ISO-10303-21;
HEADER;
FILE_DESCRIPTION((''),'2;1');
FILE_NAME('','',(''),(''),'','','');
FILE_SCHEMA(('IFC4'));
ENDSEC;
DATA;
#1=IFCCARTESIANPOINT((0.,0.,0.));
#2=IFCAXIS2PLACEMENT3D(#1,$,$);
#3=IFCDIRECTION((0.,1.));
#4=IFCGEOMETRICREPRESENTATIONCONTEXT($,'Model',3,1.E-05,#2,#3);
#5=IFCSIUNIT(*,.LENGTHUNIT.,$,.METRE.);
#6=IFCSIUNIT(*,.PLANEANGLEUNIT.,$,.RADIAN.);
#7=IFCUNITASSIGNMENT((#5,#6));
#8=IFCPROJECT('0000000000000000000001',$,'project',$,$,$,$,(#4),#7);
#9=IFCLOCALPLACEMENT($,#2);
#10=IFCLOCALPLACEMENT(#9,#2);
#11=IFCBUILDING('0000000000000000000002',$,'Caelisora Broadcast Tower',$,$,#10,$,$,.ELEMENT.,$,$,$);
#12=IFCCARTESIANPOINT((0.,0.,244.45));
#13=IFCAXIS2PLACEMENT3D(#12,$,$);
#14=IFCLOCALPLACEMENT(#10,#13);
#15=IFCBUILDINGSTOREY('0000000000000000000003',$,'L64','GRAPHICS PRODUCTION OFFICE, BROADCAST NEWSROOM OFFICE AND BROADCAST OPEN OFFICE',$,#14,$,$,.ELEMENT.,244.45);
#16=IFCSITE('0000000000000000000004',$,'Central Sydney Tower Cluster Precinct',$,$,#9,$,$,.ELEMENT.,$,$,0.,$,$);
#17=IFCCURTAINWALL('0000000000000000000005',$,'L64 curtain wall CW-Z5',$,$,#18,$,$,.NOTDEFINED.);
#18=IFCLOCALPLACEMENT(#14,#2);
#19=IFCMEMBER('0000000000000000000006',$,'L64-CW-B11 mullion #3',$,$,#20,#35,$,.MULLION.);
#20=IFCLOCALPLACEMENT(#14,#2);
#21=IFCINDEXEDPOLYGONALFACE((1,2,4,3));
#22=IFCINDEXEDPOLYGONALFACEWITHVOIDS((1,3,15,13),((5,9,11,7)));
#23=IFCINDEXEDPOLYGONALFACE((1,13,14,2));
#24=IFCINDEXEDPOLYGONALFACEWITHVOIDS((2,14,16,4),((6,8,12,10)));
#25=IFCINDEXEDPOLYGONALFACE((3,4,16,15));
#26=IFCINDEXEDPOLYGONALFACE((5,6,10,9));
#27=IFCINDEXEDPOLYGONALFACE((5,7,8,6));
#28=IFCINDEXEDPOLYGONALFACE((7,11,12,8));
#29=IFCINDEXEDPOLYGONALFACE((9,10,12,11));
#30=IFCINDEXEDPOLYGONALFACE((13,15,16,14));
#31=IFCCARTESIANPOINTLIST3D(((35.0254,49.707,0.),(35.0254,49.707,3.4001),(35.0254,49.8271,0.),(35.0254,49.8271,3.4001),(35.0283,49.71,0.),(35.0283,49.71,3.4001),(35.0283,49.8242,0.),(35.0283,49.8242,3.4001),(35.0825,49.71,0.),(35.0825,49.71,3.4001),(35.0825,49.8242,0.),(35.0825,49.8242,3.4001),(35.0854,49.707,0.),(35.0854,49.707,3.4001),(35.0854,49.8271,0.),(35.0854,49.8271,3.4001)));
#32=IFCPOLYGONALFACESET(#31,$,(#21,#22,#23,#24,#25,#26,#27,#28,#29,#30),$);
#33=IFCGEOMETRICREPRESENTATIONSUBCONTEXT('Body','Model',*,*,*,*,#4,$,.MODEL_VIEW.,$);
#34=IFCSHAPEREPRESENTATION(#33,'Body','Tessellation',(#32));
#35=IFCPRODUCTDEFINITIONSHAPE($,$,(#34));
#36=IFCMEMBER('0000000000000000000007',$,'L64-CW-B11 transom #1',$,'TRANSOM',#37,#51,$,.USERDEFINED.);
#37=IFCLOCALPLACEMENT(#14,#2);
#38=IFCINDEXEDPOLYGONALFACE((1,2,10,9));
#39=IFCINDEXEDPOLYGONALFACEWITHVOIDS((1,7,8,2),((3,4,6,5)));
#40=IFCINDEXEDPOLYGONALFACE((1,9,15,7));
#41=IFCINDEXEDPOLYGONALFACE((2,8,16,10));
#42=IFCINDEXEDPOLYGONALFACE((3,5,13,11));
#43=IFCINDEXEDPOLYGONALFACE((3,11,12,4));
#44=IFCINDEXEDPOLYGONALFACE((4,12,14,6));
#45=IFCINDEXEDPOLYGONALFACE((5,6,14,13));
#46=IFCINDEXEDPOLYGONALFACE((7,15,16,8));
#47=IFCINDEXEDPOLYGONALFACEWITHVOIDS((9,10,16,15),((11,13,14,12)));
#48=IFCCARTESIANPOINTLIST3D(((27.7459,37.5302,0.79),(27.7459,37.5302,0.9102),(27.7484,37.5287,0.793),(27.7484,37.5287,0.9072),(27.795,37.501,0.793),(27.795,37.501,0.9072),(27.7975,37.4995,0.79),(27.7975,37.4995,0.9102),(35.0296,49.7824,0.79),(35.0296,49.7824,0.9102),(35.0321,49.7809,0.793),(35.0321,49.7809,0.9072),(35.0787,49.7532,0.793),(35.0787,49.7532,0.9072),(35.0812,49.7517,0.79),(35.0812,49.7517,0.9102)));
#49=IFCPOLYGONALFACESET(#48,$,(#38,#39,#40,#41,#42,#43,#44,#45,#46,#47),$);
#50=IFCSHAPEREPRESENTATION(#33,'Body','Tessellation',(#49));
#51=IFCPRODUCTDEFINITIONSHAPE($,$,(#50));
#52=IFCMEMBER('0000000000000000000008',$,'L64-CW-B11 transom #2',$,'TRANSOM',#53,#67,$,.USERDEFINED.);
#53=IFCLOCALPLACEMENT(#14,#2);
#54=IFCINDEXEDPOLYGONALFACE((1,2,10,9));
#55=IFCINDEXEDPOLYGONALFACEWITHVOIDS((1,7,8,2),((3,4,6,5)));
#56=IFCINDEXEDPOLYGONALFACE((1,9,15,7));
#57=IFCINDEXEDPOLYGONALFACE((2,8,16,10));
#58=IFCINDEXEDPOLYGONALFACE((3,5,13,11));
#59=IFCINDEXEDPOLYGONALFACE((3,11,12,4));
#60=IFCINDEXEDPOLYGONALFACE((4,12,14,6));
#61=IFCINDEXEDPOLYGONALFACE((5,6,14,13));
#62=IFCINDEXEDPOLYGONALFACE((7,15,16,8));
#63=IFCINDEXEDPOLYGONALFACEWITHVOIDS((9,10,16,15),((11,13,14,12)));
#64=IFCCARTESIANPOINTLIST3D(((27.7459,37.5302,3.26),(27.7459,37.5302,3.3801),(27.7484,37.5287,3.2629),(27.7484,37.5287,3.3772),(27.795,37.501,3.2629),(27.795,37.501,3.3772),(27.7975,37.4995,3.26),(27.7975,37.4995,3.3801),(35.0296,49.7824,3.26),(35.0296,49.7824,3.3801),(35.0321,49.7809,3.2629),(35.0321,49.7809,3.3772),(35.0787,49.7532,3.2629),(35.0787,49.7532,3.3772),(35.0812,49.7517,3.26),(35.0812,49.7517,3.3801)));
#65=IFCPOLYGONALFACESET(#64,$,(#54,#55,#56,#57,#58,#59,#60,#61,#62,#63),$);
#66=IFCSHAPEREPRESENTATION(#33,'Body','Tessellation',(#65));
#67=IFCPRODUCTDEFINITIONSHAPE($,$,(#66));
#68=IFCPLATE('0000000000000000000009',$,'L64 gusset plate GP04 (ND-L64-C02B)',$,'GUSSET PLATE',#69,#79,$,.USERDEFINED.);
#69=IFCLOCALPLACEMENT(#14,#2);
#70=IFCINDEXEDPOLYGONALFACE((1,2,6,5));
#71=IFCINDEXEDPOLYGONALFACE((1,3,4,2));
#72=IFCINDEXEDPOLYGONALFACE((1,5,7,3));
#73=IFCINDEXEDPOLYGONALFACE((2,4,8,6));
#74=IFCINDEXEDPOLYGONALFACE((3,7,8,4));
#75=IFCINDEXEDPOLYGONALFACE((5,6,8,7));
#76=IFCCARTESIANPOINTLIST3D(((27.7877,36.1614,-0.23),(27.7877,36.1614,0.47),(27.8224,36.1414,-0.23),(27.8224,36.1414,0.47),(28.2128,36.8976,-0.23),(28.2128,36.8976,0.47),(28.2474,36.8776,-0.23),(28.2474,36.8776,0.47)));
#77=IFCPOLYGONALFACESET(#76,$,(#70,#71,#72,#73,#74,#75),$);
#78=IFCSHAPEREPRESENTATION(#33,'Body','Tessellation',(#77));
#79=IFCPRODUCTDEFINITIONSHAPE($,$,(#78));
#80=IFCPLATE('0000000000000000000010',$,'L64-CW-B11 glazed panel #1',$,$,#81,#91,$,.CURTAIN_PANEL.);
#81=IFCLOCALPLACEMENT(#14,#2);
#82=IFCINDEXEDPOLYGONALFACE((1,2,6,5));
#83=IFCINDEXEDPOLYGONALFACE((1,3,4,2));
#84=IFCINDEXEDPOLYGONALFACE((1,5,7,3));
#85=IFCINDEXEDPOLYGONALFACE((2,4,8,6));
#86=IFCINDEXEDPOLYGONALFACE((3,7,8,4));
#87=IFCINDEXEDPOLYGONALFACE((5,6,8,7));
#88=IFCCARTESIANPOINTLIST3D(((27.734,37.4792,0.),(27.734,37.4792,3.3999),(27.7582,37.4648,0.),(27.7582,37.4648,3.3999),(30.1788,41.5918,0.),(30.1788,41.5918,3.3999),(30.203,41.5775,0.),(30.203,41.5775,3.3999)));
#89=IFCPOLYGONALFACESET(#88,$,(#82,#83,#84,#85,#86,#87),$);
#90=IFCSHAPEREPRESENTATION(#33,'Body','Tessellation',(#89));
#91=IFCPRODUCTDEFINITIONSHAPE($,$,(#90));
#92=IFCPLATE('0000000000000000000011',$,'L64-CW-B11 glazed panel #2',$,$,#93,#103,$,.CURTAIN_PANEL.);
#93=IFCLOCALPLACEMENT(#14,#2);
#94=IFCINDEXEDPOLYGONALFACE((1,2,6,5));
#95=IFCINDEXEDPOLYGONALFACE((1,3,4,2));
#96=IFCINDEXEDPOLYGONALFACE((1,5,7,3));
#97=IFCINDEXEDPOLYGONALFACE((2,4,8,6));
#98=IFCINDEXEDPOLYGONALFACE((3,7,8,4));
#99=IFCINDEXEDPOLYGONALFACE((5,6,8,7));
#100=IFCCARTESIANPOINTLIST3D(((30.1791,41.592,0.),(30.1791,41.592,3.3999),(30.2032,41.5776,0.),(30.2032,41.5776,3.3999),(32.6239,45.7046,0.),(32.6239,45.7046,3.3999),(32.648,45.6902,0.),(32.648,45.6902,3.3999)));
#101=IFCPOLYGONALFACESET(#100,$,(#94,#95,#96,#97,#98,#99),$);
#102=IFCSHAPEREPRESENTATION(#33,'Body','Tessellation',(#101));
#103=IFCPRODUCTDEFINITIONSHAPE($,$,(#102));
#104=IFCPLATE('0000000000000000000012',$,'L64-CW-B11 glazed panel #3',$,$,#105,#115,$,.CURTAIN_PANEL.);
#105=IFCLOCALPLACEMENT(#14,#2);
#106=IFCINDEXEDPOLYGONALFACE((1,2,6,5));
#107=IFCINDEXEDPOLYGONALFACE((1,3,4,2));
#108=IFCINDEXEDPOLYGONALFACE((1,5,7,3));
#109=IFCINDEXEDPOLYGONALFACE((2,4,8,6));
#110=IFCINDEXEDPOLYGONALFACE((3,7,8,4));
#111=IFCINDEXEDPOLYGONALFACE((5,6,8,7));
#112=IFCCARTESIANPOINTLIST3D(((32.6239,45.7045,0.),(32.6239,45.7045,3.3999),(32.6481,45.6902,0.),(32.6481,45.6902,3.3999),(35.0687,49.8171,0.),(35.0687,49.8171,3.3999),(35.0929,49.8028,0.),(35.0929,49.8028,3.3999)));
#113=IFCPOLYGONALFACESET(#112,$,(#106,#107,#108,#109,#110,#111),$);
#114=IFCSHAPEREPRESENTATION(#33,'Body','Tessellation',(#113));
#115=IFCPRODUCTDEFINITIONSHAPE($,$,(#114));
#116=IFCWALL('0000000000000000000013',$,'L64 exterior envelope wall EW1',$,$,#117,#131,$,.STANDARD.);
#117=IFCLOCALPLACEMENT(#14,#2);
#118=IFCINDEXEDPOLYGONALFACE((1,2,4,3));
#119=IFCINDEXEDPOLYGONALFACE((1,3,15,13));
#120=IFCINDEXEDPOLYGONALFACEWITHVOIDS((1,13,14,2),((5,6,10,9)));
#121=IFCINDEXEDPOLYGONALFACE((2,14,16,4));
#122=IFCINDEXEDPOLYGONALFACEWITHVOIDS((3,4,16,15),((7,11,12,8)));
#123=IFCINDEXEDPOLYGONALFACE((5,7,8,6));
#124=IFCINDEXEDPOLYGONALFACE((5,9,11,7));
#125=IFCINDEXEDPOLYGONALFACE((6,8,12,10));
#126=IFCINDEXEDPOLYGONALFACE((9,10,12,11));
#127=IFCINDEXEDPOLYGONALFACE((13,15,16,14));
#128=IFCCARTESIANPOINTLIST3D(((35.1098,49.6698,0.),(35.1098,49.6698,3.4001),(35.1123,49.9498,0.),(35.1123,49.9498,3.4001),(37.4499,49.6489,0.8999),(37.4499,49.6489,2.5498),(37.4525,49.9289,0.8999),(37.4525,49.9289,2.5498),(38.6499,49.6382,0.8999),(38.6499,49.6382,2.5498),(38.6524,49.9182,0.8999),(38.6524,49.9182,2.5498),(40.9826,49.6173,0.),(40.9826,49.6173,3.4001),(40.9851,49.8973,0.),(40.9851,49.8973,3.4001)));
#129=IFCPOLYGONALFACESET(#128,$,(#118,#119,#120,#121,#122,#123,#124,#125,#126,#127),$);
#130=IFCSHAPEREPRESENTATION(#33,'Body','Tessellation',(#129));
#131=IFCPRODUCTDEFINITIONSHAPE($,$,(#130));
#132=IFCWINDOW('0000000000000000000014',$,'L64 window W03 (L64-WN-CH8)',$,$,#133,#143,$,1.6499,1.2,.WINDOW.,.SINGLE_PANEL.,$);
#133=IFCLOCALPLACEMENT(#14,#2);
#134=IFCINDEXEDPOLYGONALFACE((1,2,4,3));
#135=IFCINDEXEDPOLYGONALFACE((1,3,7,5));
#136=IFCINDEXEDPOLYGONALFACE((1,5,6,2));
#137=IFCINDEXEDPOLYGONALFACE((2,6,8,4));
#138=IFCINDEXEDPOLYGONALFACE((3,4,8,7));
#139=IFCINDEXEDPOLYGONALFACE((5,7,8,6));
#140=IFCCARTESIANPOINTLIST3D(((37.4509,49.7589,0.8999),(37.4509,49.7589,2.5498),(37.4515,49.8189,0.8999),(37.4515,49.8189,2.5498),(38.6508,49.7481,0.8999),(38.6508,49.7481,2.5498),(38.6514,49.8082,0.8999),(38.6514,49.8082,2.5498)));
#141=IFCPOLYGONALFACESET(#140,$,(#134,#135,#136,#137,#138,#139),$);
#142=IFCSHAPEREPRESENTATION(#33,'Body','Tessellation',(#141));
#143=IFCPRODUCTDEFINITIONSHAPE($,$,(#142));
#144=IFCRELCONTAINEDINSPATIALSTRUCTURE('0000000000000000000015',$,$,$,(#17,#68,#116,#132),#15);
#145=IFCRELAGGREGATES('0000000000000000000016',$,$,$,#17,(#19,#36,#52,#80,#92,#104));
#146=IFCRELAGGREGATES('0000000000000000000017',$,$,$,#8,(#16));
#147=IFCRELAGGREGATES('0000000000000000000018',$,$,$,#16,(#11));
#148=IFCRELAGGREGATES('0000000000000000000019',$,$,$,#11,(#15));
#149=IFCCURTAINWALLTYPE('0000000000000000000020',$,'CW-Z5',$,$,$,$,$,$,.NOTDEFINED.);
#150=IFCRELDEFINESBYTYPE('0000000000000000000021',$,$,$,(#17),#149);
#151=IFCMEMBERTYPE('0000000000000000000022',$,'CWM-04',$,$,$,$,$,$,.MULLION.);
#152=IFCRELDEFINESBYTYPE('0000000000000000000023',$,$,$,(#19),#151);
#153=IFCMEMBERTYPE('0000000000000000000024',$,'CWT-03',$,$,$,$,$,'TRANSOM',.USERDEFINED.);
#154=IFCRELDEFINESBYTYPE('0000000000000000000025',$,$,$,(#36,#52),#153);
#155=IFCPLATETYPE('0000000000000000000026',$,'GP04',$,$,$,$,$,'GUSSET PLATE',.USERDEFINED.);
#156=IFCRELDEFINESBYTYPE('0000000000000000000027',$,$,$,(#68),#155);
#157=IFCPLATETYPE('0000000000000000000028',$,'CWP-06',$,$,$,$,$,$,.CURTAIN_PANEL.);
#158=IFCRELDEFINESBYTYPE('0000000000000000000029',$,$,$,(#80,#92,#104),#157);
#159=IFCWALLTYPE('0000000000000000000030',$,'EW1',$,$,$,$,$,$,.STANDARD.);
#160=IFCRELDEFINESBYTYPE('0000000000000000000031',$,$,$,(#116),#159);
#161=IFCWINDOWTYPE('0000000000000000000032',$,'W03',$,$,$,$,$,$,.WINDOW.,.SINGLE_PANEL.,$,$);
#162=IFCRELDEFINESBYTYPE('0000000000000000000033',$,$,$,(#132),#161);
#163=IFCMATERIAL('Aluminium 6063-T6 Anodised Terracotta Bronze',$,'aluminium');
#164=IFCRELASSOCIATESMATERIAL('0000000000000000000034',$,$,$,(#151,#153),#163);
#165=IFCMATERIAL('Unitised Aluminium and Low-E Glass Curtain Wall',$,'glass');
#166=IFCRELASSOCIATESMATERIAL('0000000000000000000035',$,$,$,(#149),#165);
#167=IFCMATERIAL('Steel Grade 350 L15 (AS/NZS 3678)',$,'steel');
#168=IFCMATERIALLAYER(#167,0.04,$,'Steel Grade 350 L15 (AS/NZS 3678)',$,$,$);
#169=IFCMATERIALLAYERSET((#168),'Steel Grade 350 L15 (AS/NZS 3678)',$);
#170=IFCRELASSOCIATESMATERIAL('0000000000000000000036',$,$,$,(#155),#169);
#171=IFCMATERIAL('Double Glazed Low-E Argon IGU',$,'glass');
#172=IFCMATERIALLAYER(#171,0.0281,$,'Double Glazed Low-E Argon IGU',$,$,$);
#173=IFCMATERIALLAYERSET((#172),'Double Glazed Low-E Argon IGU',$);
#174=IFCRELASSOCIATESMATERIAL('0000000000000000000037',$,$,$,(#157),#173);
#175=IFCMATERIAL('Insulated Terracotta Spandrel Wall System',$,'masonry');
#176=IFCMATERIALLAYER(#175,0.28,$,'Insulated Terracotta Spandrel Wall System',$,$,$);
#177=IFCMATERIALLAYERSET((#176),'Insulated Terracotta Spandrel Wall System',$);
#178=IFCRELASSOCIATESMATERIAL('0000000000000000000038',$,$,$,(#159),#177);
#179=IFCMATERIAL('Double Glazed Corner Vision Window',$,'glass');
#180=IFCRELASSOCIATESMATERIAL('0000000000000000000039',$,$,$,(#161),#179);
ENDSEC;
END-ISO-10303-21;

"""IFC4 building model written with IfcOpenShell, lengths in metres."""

from ifc_helpers import new_model, si_unit, direction, frame, frame_2d, origin, origin_2d, place, context, subcontext, project, spatial, rectangle, hollow_rectangle, extrude, source, transform, mapped, material, layer, layer_set, material_profile, profile_set, type_object, type_shapes, element, fill, aggregate, save


model = new_model("IFC4")

# Units and contexts
model_context = context("Model", 3, precision=1e-05, world=origin(), true_north=direction((0.0, 1.0)))
body_context = subcontext(model_context, "Body", "Model", "MODEL_VIEW")
ifc_project = project(units=[si_unit("LENGTHUNIT", "METRE"), si_unit("PLANEANGLEUNIT", "RADIAN")], contexts=[model_context])

# Site, building, storey
site_placement = place(None, origin())
site = spatial("IfcSite", under=ifc_project, at=site_placement, Name="Central Sydney Tower Cluster Precinct", CompositionType="ELEMENT", RefElevation=0.0)
building_placement = place(site_placement, origin())
building = spatial("IfcBuilding", under=site, at=building_placement, Name="Caelisora Broadcast Tower", CompositionType="ELEMENT")
storey_placement = place(building_placement, frame((0.0, 0.0, 244.45)))
storey = spatial("IfcBuildingStorey", under=building, at=storey_placement, Name="L64", Description="GRAPHICS PRODUCTION OFFICE, BROADCAST NEWSROOM OFFICE AND BROADCAST OPEN OFFICE", CompositionType="ELEMENT", Elevation=244.45)

# Shared definitions
ifc_material_1 = material(Name="Steel Grade 350 L15 (AS/NZS 3678)", Category="steel")

# Shared definitions
ifc_material_2 = material(Name="Aluminium 6063-T6 Anodised Terracotta Bronze", Category="aluminium")
ifc_material_profile_1 = material_profile(ifc_material_2, hollow_rectangle(XDim=0.0601, YDim=0.1201, WallThickness=0.0029, at=origin_2d()), Name="Aluminium 6063-T6 Anodised Terracotta Bronze")
ifc_profile_set_1 = profile_set([ifc_material_profile_1], Name="Aluminium 6063-T6 Anodised Terracotta Bronze")
member_type_1 = type_object("IfcMemberType", Name="CWM-04", PredefinedType="MULLION", material=ifc_profile_set_1)
shared_shape_1 = source(origin(), body_context, "Body", "SweptSolid", [
    extrude(hollow_rectangle(XDim=0.0601, YDim=0.1201, WallThickness=0.0029, at=origin_2d()), origin(), (0.0, 0.0, 1.0), 3.4001),
])
type_shapes(member_type_1, [shared_shape_1])

# Curtain wall, members
ifc_material_3 = material(Name="Unitised Aluminium and Low-E Glass Curtain Wall", Category="glass")
curtain_wall_type_1 = type_object("IfcCurtainWallType", Name="CW-Z5", PredefinedType="NOTDEFINED", material=ifc_material_3)
curtain_wall_1_placement = place(storey_placement, origin())
curtain_wall_1 = element("IfcCurtainWall", 1, at=curtain_wall_1_placement, inside=storey, type_object=curtain_wall_type_1, Name="L64 curtain wall CW-Z5", PredefinedType="NOTDEFINED")
member_1_placement = place(storey_placement, frame((35.0554, 49.7671, 0.0), z_axis=(0.0, 0.0, 1.0), x_axis=(1.0, 0.0, 0.0)))
member_1 = element("IfcMember", 2, at=member_1_placement, type_object=member_type_1, Name="L64-CW-B11 mullion #3", PredefinedType="MULLION", context=body_context, shape_type="MappedRepresentation", body=[
    mapped(shared_shape_1, transform((0.0, 0.0, 0.0), scale=1.0)),
])
ifc_material_profile_2 = material_profile(ifc_material_2, hollow_rectangle(XDim=0.0601, YDim=0.1201, WallThickness=0.0029, at=origin_2d()), Name="Aluminium 6063-T6 Anodised Terracotta Bronze")
ifc_profile_set_2 = profile_set([ifc_material_profile_2], Name="Aluminium 6063-T6 Anodised Terracotta Bronze")
member_type_2 = type_object("IfcMemberType", Name="CWT-03", ElementType="TRANSOM", PredefinedType="USERDEFINED", material=ifc_profile_set_2)
shared_shape_2 = source(origin(), body_context, "Body", "SweptSolid", [
    extrude(hollow_rectangle(XDim=0.0601, YDim=0.1201, WallThickness=0.0029, at=origin_2d()), origin(), (0.0, 0.0, 1.0), 14.2537),
])
type_shapes(member_type_2, [shared_shape_2])
member_2_placement = place(storey_placement, frame((27.7717, 37.5149, 0.8501), z_axis=(0.511003, 0.859579, 0.0), x_axis=(-0.859579, 0.511003, 0.0)))
member_2 = element("IfcMember", 3, at=member_2_placement, type_object=member_type_2, Name="L64-CW-B11 transom #1", ObjectType="TRANSOM", PredefinedType="USERDEFINED", context=body_context, shape_type="MappedRepresentation", body=[
    mapped(shared_shape_2, transform((0.0, 0.0, 0.0), scale=1.0)),
])
member_3_placement = place(storey_placement, frame((27.7717, 37.5149, 3.3201), z_axis=(0.511003, 0.859579, 0.0), x_axis=(-0.859579, 0.511003, 0.0)))
member_3 = element("IfcMember", 4, at=member_3_placement, type_object=member_type_2, Name="L64-CW-B11 transom #2", ObjectType="TRANSOM", PredefinedType="USERDEFINED", context=body_context, shape_type="MappedRepresentation", body=[
    mapped(shared_shape_2, transform((0.0, 0.0, 0.0), scale=1.0)),
])

# Plates
ifc_layer_1 = layer(ifc_material_1, 0.04, Name="Steel Grade 350 L15 (AS/NZS 3678)")
ifc_layer_set_1 = layer_set([ifc_layer_1], Name="Steel Grade 350 L15 (AS/NZS 3678)")
plate_type_1 = type_object("IfcPlateType", Name="GP04", ElementType="GUSSET PLATE", PredefinedType="USERDEFINED", material=ifc_layer_set_1)
shared_shape_3 = source(origin(), body_context, "Body", "SweptSolid", [
    extrude(rectangle(XDim=0.8501, YDim=0.04, at=origin_2d()), origin(), (0.0, 0.0, 1.0), 0.7),
])
type_shapes(plate_type_1, [shared_shape_3])
plate_1_placement = place(storey_placement, frame((28.0176, 36.5195, -0.23), z_axis=(0.0, 0.0, 1.0), x_axis=(-0.5, -0.866025, 0.0)))
element("IfcPlate", 5, at=plate_1_placement, inside=storey, type_object=plate_type_1, Name="L64 gusset plate GP04 (ND-L64-C02B)", ObjectType="GUSSET PLATE", PredefinedType="USERDEFINED", context=body_context, shape_type="MappedRepresentation", body=[
    mapped(shared_shape_3, transform((0.0, 0.0, 0.0), scale=1.0)),
])
ifc_material_4 = material(Name="Double Glazed Low-E Argon IGU", Category="glass")
ifc_layer_2 = layer(ifc_material_4, 0.0281, Name="Double Glazed Low-E Argon IGU")
ifc_layer_set_2 = layer_set([ifc_layer_2], Name="Double Glazed Low-E Argon IGU")
plate_type_2 = type_object("IfcPlateType", Name="CWP-06", PredefinedType="CURTAIN_PANEL", material=ifc_layer_set_2)
shared_shape_4 = source(origin(), body_context, "Body", "SweptSolid", [
    extrude(rectangle(XDim=4.7844, YDim=0.0281, at=origin_2d()), origin(), (0.0, 0.0, 1.0), 3.3999),
])
type_shapes(plate_type_2, [shared_shape_4])
plate_2_placement = place(storey_placement, frame((28.9685, 39.5283, 0.0), z_axis=(0.0, 0.0, 1.0), x_axis=(0.510993, 0.859585, 0.0)))
plate_2 = element("IfcPlate", 6, at=plate_2_placement, type_object=plate_type_2, Name="L64-CW-B11 glazed panel #1", PredefinedType="CURTAIN_PANEL", context=body_context, shape_type="MappedRepresentation", body=[
    mapped(shared_shape_4, transform((0.0, 0.0, 0.0), scale=1.0)),
])
plate_3_placement = place(storey_placement, frame((31.4136, 43.6411, 0.0), z_axis=(0.0, 0.0, 1.0), x_axis=(0.510993, 0.859585, 0.0)))
plate_3 = element("IfcPlate", 7, at=plate_3_placement, type_object=plate_type_2, Name="L64-CW-B11 glazed panel #2", PredefinedType="CURTAIN_PANEL", context=body_context, shape_type="MappedRepresentation", body=[
    mapped(shared_shape_4, transform((0.0, 0.0, 0.0), scale=1.0)),
])
plate_4_placement = place(storey_placement, frame((33.8584, 47.7537, 0.0), z_axis=(0.0, 0.0, 1.0), x_axis=(0.510993, 0.859585, 0.0)))
plate_4 = element("IfcPlate", 8, at=plate_4_placement, type_object=plate_type_2, Name="L64-CW-B11 glazed panel #3", PredefinedType="CURTAIN_PANEL", context=body_context, shape_type="MappedRepresentation", body=[
    mapped(shared_shape_4, transform((0.0, 0.0, 0.0), scale=1.0)),
])
aggregate(curtain_wall_1, [member_1, member_2, member_3, plate_2, plate_3, plate_4])

# Wall, opening, window
ifc_material_5 = material(Name="Insulated Terracotta Spandrel Wall System", Category="masonry")
ifc_layer_3 = layer(ifc_material_5, 0.28, Name="Insulated Terracotta Spandrel Wall System")
ifc_layer_set_3 = layer_set([ifc_layer_3], Name="Insulated Terracotta Spandrel Wall System")
wall_type_1 = type_object("IfcWallType", Name="EW1", PredefinedType="STANDARD", material=ifc_layer_set_3)
wall_1_placement = place(storey_placement, frame((35.1111, 49.8098, 0.0), z_axis=(0.0, 0.0, 1.0), x_axis=(0.99996, -0.008937, 0.0)))
wall_1 = element("IfcWall", 9, at=wall_1_placement, inside=storey, type_object=wall_type_1, Name="L64 exterior envelope wall EW1", PredefinedType="STANDARD", context=body_context, shape_type="SweptSolid", body=[
    extrude(rectangle(XDim=5.873, YDim=0.28, at=frame_2d((2.9365, 0.0))), origin(), (0.0, 0.0, 1.0), 3.4001),
])
opening_1_placement = place(wall_1_placement, frame((2.3401, 0.0, 0.8999)))
opening_1 = element("IfcOpeningElement", 10, at=opening_1_placement, cuts=wall_1, PredefinedType="OPENING", context=body_context, shape_type="SweptSolid", body=[
    extrude(rectangle(XDim=1.2, YDim=1.6499, at=frame_2d((0.6001, 0.825))), frame((0.0, 0.1521, 0.0), z_axis=(0.0, -1.0, 0.0), x_axis=(1.0, 0.0, 0.0)), (0.0, 0.0, 1.0), 0.304),
])
ifc_material_6 = material(Name="Double Glazed Corner Vision Window", Category="glass")
window_type = type_object("IfcWindowType", Name="W03", PartitioningType="SINGLE_PANEL", PredefinedType="WINDOW", material=ifc_material_6)
window_placement = place(opening_1_placement, origin())
window = element("IfcWindow", 11, at=window_placement, inside=storey, type_object=window_type, Name="L64 window W03 (L64-WN-CH8)", OverallHeight=1.6499, OverallWidth=1.2, PartitioningType="SINGLE_PANEL", PredefinedType="WINDOW", context=body_context, shape_type="SweptSolid", body=[
    extrude(rectangle(XDim=1.2, YDim=1.6499, at=frame_2d((0.6001, 0.825))), frame((0.0, 0.03, 0.0), z_axis=(0.0, -1.0, 0.0), x_axis=(1.0, 0.0, 0.0)), (0.0, 0.0, 1.0), 0.0601),
])
fill(opening_1, window)

save(model, "model.ifc")
